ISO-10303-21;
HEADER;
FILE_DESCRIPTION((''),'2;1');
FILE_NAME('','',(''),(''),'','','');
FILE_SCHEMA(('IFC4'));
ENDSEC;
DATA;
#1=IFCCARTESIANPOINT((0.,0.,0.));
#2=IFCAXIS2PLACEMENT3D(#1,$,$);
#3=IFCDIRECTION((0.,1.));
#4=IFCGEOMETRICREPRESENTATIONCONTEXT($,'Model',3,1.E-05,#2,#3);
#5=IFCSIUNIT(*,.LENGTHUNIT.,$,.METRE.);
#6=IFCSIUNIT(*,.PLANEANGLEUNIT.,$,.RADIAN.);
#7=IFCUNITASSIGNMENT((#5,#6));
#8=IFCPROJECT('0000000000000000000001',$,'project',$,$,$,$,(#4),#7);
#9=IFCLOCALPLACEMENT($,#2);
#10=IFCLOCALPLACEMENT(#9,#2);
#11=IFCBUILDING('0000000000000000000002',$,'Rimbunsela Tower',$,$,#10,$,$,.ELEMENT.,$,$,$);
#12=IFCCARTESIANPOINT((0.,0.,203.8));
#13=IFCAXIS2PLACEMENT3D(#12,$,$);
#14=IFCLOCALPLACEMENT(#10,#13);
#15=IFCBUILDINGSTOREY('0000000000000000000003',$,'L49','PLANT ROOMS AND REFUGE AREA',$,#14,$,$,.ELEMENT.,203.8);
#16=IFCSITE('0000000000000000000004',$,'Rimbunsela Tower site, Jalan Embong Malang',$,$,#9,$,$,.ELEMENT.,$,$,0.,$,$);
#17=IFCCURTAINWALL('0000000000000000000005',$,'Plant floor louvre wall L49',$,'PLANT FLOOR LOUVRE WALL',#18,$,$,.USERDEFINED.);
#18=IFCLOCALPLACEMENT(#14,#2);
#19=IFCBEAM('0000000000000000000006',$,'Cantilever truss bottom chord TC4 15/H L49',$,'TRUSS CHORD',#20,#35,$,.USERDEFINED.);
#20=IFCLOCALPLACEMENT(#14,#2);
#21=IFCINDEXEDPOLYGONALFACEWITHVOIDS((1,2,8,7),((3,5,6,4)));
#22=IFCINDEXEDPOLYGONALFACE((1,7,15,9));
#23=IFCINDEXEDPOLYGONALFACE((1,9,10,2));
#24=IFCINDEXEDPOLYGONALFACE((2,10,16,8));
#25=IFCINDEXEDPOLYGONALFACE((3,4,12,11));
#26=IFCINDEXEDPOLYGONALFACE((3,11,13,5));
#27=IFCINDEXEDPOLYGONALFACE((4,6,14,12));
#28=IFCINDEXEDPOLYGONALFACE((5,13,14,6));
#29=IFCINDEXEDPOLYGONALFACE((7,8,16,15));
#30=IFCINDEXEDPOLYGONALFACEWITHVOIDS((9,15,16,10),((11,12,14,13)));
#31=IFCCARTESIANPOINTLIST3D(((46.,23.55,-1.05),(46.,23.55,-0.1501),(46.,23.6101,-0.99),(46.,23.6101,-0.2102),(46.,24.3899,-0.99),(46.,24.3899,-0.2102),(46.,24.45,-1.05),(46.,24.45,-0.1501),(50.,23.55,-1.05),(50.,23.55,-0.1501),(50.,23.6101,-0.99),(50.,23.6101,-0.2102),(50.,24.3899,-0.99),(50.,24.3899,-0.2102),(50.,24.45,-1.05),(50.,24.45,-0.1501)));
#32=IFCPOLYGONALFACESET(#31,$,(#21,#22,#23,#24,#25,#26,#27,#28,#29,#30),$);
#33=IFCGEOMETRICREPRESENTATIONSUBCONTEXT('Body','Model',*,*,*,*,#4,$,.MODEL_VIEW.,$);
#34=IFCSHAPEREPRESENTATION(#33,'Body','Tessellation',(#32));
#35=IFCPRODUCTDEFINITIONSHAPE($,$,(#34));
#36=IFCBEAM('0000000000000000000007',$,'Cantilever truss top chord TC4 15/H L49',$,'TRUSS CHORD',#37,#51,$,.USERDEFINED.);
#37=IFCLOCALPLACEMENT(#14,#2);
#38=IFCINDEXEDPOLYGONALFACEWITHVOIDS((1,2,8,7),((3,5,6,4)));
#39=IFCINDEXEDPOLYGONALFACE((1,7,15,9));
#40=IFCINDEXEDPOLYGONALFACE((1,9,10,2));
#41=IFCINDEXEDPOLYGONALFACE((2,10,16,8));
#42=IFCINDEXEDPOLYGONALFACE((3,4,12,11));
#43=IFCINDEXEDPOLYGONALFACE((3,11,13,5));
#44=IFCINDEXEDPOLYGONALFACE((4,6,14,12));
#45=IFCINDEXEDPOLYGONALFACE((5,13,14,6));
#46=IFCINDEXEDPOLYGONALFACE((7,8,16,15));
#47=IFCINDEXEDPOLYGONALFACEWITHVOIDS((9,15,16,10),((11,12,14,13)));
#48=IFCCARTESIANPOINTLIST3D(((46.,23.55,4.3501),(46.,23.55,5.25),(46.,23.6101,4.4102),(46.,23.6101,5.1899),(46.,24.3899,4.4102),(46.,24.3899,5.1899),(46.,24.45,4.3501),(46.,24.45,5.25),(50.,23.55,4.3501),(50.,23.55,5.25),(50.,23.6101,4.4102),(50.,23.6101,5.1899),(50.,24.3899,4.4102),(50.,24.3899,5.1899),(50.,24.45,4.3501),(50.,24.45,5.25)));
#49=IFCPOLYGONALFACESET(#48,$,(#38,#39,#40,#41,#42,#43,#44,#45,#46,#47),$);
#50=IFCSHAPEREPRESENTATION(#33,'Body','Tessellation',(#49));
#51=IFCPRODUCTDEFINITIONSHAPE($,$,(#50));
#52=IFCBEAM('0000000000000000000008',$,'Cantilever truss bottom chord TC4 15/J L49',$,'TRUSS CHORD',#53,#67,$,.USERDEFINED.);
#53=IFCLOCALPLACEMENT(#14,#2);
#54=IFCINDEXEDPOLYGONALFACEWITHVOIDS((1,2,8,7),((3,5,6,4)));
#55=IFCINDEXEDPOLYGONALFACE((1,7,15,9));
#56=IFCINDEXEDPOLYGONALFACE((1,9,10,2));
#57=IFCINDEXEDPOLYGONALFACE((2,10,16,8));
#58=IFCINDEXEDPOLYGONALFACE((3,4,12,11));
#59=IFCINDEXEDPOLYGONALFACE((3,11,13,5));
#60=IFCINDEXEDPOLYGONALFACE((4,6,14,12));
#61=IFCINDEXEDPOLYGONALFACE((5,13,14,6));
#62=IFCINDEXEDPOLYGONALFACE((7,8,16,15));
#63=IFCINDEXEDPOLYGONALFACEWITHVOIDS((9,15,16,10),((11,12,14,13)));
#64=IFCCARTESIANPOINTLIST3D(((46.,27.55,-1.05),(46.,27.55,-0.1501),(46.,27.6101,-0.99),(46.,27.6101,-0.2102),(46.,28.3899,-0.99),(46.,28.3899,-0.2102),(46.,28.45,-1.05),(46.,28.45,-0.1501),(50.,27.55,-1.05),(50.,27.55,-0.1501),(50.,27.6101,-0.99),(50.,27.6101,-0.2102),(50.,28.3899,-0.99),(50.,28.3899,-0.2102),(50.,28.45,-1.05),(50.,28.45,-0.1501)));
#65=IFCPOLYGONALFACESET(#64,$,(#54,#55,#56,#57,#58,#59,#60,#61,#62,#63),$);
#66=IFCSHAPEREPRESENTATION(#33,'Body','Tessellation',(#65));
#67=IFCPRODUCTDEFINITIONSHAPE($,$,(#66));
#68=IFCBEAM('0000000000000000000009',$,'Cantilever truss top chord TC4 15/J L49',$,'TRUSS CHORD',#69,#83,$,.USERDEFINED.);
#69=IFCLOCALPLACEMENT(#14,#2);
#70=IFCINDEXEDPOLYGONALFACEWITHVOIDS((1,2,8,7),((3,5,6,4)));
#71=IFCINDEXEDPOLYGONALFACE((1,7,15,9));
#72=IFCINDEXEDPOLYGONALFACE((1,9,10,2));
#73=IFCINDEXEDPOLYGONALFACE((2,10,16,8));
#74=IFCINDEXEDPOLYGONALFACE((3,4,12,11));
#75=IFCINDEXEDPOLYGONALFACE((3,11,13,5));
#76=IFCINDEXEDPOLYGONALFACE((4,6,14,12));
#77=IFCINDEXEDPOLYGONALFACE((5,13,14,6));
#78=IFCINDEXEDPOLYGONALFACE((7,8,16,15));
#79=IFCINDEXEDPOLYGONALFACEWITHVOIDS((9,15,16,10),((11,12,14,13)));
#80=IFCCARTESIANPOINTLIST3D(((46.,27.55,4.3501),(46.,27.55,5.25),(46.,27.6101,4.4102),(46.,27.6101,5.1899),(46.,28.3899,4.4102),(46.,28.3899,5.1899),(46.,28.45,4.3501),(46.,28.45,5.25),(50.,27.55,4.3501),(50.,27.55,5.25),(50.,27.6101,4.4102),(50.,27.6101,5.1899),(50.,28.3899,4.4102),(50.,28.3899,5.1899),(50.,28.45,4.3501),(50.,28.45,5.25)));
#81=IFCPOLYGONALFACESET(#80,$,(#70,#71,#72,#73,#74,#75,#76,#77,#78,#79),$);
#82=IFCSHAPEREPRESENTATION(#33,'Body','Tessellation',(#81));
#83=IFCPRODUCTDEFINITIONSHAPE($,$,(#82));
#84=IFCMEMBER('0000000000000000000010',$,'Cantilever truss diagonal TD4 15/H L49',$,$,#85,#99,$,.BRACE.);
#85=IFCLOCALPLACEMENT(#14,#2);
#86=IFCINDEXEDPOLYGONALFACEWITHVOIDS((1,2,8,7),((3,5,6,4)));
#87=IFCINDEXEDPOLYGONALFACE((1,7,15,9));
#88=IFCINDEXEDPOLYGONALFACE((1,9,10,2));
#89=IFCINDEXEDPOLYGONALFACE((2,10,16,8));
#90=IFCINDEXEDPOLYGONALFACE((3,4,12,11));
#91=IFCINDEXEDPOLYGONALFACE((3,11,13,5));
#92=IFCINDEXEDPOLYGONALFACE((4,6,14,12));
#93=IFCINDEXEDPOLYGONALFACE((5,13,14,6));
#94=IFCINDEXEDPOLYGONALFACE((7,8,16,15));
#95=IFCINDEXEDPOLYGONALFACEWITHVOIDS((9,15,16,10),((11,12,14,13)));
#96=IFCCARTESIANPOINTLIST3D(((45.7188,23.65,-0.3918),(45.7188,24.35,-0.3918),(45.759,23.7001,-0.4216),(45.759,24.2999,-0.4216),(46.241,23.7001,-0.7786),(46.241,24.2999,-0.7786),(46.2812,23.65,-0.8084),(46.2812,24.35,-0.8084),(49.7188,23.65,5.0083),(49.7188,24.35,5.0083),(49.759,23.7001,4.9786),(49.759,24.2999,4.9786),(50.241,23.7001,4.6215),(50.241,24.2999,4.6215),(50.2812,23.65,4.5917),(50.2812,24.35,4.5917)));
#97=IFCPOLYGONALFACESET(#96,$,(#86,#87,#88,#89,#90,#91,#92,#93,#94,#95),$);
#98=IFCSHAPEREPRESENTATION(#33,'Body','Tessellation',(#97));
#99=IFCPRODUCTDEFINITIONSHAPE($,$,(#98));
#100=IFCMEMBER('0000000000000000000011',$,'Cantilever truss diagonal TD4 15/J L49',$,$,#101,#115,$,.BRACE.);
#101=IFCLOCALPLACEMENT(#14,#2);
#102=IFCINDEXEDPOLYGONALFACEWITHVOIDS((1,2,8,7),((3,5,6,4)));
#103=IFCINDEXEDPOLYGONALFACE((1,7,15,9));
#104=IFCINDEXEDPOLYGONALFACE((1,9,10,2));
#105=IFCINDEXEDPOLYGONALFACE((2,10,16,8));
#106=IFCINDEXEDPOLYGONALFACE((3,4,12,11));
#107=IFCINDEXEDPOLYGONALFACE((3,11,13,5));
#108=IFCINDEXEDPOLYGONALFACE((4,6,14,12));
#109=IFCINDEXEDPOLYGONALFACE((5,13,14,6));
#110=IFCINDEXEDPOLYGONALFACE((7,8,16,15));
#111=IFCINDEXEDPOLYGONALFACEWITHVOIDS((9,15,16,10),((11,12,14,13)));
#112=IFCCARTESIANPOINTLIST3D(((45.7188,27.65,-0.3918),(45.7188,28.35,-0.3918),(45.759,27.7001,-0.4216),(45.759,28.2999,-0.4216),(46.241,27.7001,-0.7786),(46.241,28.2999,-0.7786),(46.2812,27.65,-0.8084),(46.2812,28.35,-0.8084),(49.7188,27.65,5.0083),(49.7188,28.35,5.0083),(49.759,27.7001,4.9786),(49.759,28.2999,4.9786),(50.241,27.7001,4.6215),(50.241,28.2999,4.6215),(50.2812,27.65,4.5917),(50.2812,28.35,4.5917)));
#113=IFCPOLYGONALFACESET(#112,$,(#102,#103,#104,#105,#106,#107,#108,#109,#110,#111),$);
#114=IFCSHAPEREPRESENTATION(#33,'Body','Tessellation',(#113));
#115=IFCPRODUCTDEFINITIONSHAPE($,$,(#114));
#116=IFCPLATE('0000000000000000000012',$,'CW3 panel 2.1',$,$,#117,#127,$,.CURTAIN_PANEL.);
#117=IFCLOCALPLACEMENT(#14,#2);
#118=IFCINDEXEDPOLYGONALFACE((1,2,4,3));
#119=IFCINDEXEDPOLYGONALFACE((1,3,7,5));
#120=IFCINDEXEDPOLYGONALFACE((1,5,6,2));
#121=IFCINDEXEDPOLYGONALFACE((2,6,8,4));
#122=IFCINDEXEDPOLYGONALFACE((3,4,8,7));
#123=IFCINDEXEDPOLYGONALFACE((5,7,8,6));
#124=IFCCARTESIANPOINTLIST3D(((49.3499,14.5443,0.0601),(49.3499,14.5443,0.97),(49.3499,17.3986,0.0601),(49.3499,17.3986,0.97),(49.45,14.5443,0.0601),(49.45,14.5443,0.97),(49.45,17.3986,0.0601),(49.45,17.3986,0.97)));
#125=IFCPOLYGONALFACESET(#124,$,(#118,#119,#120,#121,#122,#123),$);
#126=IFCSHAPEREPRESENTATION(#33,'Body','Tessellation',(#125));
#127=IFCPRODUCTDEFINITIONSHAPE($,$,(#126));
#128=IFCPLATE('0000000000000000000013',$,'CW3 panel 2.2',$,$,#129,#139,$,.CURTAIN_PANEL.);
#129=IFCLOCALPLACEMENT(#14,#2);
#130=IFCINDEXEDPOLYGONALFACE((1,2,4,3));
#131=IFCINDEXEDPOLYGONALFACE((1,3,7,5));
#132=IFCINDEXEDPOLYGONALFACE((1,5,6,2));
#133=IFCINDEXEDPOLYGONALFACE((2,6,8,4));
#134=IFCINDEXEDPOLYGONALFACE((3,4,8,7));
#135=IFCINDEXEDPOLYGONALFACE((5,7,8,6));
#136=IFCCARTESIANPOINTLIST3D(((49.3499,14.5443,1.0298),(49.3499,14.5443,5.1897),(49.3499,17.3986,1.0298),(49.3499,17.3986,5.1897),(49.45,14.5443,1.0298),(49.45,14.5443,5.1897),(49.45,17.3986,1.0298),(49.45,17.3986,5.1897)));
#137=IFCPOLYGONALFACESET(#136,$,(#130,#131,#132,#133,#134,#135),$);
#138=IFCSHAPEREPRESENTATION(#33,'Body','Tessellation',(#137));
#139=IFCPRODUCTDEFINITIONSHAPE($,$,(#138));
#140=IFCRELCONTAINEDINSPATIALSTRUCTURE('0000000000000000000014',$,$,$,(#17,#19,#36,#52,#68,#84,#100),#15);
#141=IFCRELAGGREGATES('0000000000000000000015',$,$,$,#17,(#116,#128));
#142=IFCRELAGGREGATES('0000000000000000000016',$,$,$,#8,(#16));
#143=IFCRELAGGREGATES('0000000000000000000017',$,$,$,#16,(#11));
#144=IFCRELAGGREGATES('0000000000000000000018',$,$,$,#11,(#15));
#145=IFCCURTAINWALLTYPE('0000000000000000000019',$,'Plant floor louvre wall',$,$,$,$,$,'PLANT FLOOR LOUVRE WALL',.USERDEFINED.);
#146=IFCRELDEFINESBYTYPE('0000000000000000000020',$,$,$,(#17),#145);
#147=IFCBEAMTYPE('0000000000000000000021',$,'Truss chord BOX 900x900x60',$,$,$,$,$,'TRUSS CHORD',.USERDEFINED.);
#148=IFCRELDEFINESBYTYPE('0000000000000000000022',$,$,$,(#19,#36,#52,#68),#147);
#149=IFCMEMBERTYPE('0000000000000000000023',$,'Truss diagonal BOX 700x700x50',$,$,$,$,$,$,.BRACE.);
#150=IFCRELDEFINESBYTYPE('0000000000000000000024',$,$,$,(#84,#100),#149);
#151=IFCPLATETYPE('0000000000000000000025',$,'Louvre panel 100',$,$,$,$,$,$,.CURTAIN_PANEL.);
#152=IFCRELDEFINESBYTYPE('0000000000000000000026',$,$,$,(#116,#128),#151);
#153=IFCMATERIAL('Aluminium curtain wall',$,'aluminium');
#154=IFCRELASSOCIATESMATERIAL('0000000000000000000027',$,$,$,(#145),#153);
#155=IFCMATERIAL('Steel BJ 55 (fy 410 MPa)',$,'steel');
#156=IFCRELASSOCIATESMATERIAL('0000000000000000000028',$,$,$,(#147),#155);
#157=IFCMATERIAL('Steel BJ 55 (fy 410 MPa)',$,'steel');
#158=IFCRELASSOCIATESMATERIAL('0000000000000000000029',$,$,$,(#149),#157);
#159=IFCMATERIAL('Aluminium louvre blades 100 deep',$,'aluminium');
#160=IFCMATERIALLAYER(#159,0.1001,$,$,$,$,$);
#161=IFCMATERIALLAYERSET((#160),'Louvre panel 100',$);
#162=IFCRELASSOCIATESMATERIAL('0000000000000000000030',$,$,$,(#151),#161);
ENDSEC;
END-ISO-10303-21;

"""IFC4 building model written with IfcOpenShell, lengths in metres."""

from ifc_helpers import new_model, si_unit, direction, frame, origin, origin_2d, place, context, subcontext, project, spatial, rectangle, hollow_rectangle, extrude, material, layer, layer_set, material_profile, profile_set, type_object, element, aggregate, save


model = new_model("IFC4")

# Units and contexts
model_context = context("Model", 3, precision=1e-05, world=origin(), true_north=direction((0.0, 1.0)))
body_context = subcontext(model_context, "Body", "Model", "MODEL_VIEW")
ifc_project = project(units=[si_unit("LENGTHUNIT", "METRE"), si_unit("PLANEANGLEUNIT", "RADIAN")], contexts=[model_context])

# Site, building, storey
site_placement = place(None, origin())
site = spatial("IfcSite", under=ifc_project, at=site_placement, Name="Rimbunsela Tower site, Jalan Embong Malang", CompositionType="ELEMENT", RefElevation=0.0)
building_placement = place(site_placement, origin())
building = spatial("IfcBuilding", under=site, at=building_placement, Name="Rimbunsela Tower", CompositionType="ELEMENT")
storey_placement = place(building_placement, frame((0.0, 0.0, 203.8)))
storey = spatial("IfcBuildingStorey", under=building, at=storey_placement, Name="L49", Description="PLANT ROOMS AND REFUGE AREA", CompositionType="ELEMENT", Elevation=203.8)

# Curtain wall
ifc_material_1 = material(Name="Aluminium curtain wall", Category="aluminium")
curtain_wall_type = type_object("IfcCurtainWallType", Name="Plant floor louvre wall", ElementType="PLANT FLOOR LOUVRE WALL", PredefinedType="USERDEFINED", material=ifc_material_1)
curtain_wall_placement = place(storey_placement, origin())
curtain_wall = element("IfcCurtainWall", 1, at=curtain_wall_placement, inside=storey, type_object=curtain_wall_type, Name="Plant floor louvre wall L49", ObjectType="PLANT FLOOR LOUVRE WALL", PredefinedType="USERDEFINED")

# Beams
ifc_material_2 = material(Name="Steel BJ 55 (fy 410 MPa)", Category="steel")
ifc_material_profile_1 = material_profile(ifc_material_2, hollow_rectangle(XDim=0.8999, YDim=0.8999, WallThickness=0.0601, at=origin_2d()), Name="BOX 900x900x60")
ifc_profile_set_1 = profile_set([ifc_material_profile_1], Name="Steel BJ 55 (fy 410 MPa)")
beam_type_1 = type_object("IfcBeamType", Name="Truss chord BOX 900x900x60", ElementType="TRUSS CHORD", PredefinedType="USERDEFINED", material=ifc_profile_set_1)
for number, where, z_axis, x_axis, name in (
    (2, (46.0, 24.0, -0.6001), (1.0, 0.0, 0.0), (0.0, 1.0, 0.0), "Cantilever truss bottom chord TC4 15/H L49"),
    (3, (46.0, 24.0, 4.8), (1.0, 0.0, 0.0), (0.0, 1.0, 0.0), "Cantilever truss top chord TC4 15/H L49"),
    (4, (46.0, 28.0, -0.6001), (1.0, 0.0, 0.0), (0.0, 1.0, 0.0), "Cantilever truss bottom chord TC4 15/J L49"),
    (5, (46.0, 28.0, 4.8), (1.0, 0.0, 0.0), (0.0, 1.0, 0.0), "Cantilever truss top chord TC4 15/J L49"),
):
    element("IfcBeam", number, at=place(storey_placement, frame(where, z_axis=z_axis, x_axis=x_axis)), inside=storey, type_object=beam_type_1, Name=name, ObjectType="TRUSS CHORD", PredefinedType="USERDEFINED", context=body_context, shape_type="SweptSolid", body=[
        extrude(hollow_rectangle(XDim=0.8999, YDim=0.8999, WallThickness=0.0601, at=origin_2d()), origin(), (0.0, 0.0, 1.0), 4.0),
    ])

# Members
ifc_material_3 = material(Name="Steel BJ 55 (fy 410 MPa)", Category="steel")
ifc_material_profile_2 = material_profile(ifc_material_3, hollow_rectangle(XDim=0.7, YDim=0.7, WallThickness=0.05, at=origin_2d()), Name="BOX 700x700x50")
ifc_profile_set_2 = profile_set([ifc_material_profile_2], Name="Steel BJ 55 (fy 410 MPa)")
member_type_1 = type_object("IfcMemberType", Name="Truss diagonal BOX 700x700x50", PredefinedType="BRACE", material=ifc_profile_set_2)
for number, where, z_axis, x_axis, name in (
    (6, (46.0, 24.0, -0.6001), (0.595217, 0.0, 0.803565), (0.0, 1.0, 0.0), "Cantilever truss diagonal TD4 15/H L49"),
    (7, (46.0, 28.0, -0.6001), (0.595217, 0.0, 0.803565), (0.0, 1.0, 0.0), "Cantilever truss diagonal TD4 15/J L49"),
):
    element("IfcMember", number, at=place(storey_placement, frame(where, z_axis=z_axis, x_axis=x_axis)), inside=storey, type_object=member_type_1, Name=name, PredefinedType="BRACE", context=body_context, shape_type="SweptSolid", body=[
        extrude(hollow_rectangle(XDim=0.7, YDim=0.7, WallThickness=0.05, at=origin_2d()), origin(), (0.0, 0.0, 1.0), 6.7202),
    ])

# Plates
ifc_material_4 = material(Name="Aluminium louvre blades 100 deep", Category="aluminium")
ifc_layer = layer(ifc_material_4, 0.1001)
ifc_layer_set = layer_set([ifc_layer], Name="Louvre panel 100")
plate_type = type_object("IfcPlateType", Name="Louvre panel 100", PredefinedType="CURTAIN_PANEL", material=ifc_layer_set)
plate_1_placement = place(storey_placement, frame((49.3999, 15.9714, 0.0601), z_axis=(0.0, 0.0, 1.0), x_axis=(0.0, 1.0, 0.0)))
plate_1 = element("IfcPlate", 8, at=plate_1_placement, type_object=plate_type, Name="CW3 panel 2.1", PredefinedType="CURTAIN_PANEL", context=body_context, shape_type="SweptSolid", body=[
    extrude(rectangle(XDim=2.8542, YDim=0.1001, at=origin_2d()), origin(), (0.0, 0.0, 1.0), 0.9099),
])
plate_2_placement = place(storey_placement, frame((49.3999, 15.9714, 1.0298), z_axis=(0.0, 0.0, 1.0), x_axis=(0.0, 1.0, 0.0)))
plate_2 = element("IfcPlate", 9, at=plate_2_placement, type_object=plate_type, Name="CW3 panel 2.2", PredefinedType="CURTAIN_PANEL", context=body_context, shape_type="SweptSolid", body=[
    extrude(rectangle(XDim=2.8542, YDim=0.1001, at=origin_2d()), origin(), (0.0, 0.0, 1.0), 4.1599),
])
aggregate(curtain_wall, [plate_1, plate_2])

save(model, "model.ifc")
